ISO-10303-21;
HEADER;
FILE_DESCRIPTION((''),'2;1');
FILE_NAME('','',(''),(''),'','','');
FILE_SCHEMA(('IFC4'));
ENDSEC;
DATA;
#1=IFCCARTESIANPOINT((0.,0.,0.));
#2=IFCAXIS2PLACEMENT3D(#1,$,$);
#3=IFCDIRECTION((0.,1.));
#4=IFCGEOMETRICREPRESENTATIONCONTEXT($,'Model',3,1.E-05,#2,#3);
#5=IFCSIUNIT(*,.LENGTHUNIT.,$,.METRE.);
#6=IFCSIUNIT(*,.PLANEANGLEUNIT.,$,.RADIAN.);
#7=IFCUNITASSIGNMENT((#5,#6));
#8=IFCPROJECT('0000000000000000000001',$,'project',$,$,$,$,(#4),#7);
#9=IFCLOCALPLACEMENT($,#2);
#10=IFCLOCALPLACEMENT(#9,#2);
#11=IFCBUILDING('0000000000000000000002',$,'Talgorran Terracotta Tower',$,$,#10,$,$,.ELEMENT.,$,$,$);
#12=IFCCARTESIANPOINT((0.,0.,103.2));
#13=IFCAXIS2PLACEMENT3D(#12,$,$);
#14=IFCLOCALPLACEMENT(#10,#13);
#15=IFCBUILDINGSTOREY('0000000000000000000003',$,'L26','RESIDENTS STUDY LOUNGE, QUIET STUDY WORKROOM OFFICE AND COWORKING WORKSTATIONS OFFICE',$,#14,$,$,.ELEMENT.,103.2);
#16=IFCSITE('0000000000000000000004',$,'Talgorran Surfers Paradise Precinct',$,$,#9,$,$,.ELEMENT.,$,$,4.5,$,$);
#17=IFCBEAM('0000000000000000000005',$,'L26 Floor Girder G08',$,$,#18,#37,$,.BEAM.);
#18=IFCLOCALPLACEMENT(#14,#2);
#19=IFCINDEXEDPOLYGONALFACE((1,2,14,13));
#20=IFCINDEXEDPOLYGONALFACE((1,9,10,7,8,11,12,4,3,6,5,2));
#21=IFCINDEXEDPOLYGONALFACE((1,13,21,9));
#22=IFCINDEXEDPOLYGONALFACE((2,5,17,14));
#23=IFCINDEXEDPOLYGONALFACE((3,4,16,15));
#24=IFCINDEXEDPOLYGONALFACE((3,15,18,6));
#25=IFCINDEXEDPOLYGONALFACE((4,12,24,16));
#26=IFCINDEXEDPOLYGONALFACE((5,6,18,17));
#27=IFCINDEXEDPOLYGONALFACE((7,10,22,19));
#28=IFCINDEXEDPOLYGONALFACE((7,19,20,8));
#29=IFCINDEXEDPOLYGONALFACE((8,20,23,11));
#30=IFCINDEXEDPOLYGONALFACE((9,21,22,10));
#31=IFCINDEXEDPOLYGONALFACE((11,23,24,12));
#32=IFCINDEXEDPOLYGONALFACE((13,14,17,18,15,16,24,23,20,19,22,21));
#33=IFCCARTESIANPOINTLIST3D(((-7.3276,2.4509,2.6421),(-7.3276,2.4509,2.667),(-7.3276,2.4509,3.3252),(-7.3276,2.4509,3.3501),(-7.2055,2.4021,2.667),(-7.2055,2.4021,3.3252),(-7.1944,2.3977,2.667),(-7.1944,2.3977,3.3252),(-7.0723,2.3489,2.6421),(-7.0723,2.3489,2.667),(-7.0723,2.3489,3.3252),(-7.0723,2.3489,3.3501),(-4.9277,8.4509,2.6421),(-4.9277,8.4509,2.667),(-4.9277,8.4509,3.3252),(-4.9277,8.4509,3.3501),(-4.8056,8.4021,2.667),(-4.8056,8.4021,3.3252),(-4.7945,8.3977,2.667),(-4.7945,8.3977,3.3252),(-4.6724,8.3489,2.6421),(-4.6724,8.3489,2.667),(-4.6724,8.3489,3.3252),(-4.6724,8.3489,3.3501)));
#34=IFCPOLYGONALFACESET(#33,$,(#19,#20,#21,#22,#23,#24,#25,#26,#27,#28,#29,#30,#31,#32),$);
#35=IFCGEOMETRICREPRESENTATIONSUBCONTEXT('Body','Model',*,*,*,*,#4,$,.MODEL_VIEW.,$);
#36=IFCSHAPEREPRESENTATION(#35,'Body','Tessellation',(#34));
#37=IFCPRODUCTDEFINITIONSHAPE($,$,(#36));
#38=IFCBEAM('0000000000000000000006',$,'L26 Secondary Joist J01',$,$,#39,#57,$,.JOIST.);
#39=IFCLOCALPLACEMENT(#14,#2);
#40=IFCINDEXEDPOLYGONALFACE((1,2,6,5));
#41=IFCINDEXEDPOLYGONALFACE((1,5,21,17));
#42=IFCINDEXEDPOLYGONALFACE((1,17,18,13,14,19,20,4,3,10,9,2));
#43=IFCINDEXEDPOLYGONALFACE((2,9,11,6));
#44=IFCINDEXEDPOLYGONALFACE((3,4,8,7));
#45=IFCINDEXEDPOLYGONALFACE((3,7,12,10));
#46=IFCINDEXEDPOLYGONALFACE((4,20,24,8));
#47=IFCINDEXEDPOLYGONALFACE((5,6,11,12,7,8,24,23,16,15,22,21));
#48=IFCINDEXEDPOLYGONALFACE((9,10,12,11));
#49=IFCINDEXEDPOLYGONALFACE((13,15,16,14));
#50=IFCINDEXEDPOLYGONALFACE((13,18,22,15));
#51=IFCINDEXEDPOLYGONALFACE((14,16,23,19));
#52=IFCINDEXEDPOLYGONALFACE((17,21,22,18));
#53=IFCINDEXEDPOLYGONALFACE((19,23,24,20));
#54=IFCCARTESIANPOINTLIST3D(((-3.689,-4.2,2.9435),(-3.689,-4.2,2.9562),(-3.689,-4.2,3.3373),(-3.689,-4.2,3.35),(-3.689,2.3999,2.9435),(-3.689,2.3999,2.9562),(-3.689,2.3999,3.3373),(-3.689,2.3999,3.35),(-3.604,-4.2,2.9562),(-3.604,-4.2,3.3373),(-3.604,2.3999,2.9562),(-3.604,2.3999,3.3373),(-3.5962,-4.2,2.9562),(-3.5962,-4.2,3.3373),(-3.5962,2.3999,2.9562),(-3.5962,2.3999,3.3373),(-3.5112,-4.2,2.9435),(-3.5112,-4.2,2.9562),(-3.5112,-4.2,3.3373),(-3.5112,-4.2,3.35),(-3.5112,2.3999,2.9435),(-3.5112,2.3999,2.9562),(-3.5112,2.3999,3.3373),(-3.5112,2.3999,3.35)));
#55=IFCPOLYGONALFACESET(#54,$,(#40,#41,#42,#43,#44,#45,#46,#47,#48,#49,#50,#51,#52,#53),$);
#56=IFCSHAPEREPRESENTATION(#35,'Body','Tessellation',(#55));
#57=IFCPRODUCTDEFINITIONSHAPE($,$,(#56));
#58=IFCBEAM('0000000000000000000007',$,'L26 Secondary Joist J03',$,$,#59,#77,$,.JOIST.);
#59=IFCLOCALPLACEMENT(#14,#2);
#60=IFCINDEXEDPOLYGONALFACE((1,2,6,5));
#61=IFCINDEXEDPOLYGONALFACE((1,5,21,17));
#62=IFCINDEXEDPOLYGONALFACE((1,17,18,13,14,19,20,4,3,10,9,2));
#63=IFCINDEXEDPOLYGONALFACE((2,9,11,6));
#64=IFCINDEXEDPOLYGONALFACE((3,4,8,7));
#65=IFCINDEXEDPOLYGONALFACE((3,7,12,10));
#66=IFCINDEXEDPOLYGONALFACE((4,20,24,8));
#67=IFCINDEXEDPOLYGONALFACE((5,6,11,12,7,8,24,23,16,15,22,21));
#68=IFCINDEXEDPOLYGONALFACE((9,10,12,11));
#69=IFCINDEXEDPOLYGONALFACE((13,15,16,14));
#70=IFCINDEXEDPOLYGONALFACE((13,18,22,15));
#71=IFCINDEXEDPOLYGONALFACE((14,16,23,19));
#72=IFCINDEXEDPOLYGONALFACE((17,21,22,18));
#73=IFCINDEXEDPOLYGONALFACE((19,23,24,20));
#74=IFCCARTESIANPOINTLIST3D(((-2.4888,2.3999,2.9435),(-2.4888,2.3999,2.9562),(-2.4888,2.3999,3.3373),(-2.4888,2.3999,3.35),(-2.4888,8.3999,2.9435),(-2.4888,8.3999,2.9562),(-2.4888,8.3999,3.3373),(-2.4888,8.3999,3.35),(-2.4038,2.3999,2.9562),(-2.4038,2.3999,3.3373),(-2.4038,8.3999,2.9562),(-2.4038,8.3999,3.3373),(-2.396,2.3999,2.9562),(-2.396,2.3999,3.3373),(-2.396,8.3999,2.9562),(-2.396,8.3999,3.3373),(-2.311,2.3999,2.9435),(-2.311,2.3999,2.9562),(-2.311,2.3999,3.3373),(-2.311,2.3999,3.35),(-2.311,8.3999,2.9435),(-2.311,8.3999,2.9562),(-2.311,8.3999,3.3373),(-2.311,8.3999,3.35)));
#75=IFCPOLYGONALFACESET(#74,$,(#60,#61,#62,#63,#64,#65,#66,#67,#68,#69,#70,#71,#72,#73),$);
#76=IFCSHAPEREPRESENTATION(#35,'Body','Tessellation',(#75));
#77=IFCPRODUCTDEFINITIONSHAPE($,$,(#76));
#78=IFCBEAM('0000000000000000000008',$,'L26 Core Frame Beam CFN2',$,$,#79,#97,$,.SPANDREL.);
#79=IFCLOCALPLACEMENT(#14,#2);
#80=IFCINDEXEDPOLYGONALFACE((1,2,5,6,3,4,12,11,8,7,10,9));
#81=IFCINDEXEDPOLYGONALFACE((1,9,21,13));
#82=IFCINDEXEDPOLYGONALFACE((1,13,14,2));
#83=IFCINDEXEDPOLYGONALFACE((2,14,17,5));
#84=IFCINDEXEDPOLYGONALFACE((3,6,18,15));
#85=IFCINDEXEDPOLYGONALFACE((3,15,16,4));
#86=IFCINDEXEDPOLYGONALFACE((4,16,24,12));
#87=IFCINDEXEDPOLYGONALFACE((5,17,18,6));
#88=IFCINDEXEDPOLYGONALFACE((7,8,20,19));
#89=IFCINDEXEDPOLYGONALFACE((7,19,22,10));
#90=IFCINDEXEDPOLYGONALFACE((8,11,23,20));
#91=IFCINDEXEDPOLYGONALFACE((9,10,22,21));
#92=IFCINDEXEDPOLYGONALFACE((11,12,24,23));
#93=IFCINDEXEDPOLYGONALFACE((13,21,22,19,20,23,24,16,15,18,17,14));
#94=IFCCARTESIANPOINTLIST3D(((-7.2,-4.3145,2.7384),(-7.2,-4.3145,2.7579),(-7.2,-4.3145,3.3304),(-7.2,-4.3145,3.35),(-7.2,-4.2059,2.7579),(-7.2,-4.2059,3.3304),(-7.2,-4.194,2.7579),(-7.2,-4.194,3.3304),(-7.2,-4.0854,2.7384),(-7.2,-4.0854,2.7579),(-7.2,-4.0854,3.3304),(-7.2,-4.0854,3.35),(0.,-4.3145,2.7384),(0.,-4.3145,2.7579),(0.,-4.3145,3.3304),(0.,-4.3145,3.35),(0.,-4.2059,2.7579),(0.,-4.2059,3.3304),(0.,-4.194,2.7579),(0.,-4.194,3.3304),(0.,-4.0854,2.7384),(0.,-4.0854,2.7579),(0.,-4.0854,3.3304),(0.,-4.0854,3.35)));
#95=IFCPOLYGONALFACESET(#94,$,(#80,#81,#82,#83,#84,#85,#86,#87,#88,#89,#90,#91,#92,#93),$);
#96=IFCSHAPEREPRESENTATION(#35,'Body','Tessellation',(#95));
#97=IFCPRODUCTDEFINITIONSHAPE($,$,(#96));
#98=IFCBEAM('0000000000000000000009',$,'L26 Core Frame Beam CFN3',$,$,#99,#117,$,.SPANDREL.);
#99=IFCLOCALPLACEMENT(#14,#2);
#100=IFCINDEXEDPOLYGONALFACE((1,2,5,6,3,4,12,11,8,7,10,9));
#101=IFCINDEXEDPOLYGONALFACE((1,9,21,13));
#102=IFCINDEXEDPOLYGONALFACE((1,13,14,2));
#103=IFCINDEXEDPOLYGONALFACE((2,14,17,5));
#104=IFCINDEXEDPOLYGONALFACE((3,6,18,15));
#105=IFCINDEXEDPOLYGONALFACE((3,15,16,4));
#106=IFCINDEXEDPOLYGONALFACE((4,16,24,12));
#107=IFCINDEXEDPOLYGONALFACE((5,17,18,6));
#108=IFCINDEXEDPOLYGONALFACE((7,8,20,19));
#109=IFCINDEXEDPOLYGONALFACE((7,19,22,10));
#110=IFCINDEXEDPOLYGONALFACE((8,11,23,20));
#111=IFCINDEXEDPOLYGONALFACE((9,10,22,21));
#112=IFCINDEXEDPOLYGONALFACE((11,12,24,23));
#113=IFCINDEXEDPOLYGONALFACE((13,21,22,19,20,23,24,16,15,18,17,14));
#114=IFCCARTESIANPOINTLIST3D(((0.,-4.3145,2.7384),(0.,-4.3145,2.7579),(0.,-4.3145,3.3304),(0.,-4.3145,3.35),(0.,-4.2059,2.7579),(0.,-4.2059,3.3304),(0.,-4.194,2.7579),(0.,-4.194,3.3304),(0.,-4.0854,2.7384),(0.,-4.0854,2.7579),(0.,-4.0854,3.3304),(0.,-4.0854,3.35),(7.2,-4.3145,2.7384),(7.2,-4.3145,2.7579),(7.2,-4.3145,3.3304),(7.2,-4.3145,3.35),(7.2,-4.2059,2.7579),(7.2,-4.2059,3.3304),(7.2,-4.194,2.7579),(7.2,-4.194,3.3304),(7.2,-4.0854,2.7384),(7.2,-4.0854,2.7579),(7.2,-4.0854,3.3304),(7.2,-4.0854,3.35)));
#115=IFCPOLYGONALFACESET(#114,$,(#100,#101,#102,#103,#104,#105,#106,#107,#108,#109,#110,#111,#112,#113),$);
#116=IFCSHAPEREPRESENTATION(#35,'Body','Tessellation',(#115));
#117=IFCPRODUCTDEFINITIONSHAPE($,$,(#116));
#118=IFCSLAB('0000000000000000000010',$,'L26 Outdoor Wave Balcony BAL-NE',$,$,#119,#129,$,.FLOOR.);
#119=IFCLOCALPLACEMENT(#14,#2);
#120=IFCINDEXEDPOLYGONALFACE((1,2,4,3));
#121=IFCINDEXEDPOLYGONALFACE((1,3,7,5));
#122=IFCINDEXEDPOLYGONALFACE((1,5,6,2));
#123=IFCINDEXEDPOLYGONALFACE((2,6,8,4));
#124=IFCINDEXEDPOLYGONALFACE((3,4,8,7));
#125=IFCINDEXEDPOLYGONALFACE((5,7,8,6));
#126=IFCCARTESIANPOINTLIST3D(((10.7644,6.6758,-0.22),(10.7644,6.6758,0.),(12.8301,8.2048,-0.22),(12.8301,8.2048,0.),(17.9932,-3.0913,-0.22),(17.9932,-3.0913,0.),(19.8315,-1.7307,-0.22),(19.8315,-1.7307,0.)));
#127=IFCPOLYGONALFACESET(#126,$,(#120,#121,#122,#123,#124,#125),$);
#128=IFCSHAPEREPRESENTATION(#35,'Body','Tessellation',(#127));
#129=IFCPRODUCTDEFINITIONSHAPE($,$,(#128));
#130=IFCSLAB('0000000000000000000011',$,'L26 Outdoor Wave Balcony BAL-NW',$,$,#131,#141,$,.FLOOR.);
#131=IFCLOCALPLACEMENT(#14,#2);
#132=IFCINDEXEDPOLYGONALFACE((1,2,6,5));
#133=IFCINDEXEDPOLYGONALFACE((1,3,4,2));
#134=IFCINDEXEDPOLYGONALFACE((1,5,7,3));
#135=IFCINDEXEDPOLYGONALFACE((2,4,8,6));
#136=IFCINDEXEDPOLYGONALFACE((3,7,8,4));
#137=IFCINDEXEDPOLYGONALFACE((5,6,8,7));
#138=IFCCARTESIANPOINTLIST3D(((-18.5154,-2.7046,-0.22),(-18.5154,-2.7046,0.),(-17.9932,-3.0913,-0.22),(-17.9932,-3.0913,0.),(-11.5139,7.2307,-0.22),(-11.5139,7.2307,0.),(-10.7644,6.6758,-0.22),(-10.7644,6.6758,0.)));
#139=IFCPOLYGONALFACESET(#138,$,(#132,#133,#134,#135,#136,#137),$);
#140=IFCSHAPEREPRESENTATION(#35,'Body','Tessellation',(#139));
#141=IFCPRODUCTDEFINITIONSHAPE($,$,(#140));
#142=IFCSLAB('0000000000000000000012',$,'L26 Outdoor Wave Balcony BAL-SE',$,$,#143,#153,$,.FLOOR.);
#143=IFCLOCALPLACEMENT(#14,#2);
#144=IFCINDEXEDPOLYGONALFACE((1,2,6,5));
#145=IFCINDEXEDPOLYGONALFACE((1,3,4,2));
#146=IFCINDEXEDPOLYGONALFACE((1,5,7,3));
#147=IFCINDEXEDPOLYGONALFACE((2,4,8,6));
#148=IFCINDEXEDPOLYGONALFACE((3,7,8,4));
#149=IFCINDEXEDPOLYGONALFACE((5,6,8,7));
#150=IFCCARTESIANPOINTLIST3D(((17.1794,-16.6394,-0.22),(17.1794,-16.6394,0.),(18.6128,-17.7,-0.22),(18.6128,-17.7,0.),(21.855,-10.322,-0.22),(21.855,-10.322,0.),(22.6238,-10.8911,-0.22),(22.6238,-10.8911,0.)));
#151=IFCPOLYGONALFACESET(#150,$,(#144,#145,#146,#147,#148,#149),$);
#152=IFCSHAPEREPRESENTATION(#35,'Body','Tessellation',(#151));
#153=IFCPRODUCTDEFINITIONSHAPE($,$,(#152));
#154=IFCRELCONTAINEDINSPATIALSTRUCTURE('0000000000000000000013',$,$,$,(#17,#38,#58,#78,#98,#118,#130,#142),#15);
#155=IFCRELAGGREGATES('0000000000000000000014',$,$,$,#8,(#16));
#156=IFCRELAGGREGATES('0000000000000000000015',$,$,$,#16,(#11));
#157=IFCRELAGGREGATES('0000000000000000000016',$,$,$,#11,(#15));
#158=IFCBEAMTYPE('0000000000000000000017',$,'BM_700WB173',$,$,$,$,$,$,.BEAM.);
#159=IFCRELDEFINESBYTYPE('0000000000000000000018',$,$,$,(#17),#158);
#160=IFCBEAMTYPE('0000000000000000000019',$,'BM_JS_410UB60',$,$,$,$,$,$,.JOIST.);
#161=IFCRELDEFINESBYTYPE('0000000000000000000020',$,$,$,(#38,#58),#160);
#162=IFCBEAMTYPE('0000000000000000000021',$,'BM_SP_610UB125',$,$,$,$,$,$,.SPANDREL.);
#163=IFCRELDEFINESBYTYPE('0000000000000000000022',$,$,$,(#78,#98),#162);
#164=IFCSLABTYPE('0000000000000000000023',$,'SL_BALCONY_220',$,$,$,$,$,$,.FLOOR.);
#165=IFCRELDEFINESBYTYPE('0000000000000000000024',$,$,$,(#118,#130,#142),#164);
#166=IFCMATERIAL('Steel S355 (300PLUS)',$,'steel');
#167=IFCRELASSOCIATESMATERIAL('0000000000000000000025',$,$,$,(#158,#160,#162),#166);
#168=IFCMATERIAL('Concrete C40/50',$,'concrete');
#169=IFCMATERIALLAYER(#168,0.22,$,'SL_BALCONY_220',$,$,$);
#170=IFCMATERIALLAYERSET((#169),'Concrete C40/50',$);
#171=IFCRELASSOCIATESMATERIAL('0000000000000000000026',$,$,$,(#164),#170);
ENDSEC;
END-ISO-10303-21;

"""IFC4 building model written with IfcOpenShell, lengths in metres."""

from ifc_helpers import new_model, si_unit, direction, frame, origin, origin_2d, place, context, subcontext, project, spatial, polyline, i_section, outline, extrude, material, layer, layer_set, material_profile, profile_set, type_object, element, save


model = new_model("IFC4")

# Units and contexts
model_context = context("Model", 3, precision=1e-05, world=origin(), true_north=direction((0.0, 1.0)))
body_context = subcontext(model_context, "Body", "Model", "MODEL_VIEW")
ifc_project = project(units=[si_unit("LENGTHUNIT", "METRE"), si_unit("PLANEANGLEUNIT", "RADIAN")], contexts=[model_context])

# Site, building, storey
site_placement = place(None, origin())
site = spatial("IfcSite", under=ifc_project, at=site_placement, Name="Talgorran Surfers Paradise Precinct", CompositionType="ELEMENT", RefElevation=4.5)
building_placement = place(site_placement, origin())
building = spatial("IfcBuilding", under=site, at=building_placement, Name="Talgorran Terracotta Tower", CompositionType="ELEMENT")
storey_placement = place(building_placement, frame((0.0, 0.0, 103.2)))
storey = spatial("IfcBuildingStorey", under=building, at=storey_placement, Name="L26", Description="RESIDENTS STUDY LOUNGE, QUIET STUDY WORKROOM OFFICE AND COWORKING WORKSTATIONS OFFICE", CompositionType="ELEMENT", Elevation=103.2)

# Shared definitions
ifc_material_1 = material(Name="Steel S355 (300PLUS)", Category="steel")

# Beams
ifc_material_profile_1 = material_profile(ifc_material_1, i_section(OverallWidth=0.2749, OverallDepth=0.708, WebThickness=0.012, FlangeThickness=0.0249, at=origin_2d()), Name="700WB173")
ifc_profile_set_1 = profile_set([ifc_material_profile_1], Name="Steel S355 (300PLUS)")
beam_type_1 = type_object("IfcBeamType", Name="BM_700WB173", PredefinedType="BEAM", material=ifc_profile_set_1)
beam_1_placement = place(storey_placement, frame((-7.2, 2.3999, 2.9961), z_axis=(0.371378, 0.928482, 0.0), x_axis=(-0.928482, 0.371378, 0.0)))
element("IfcBeam", 1, at=beam_1_placement, inside=storey, type_object=beam_type_1, Name="L26 Floor Girder G08", PredefinedType="BEAM", context=body_context, shape_type="SweptSolid", body=[
    extrude(i_section(OverallWidth=0.2749, OverallDepth=0.708, WebThickness=0.012, FlangeThickness=0.0249, at=origin_2d()), origin(), (0.0, 0.0, 1.0), 6.4622),
])
ifc_material_profile_2 = material_profile(ifc_material_1, i_section(OverallWidth=0.1777, OverallDepth=0.4065, WebThickness=0.0078, FlangeThickness=0.0127, at=origin_2d()), Name="410UB59.7")
ifc_profile_set_2 = profile_set([ifc_material_profile_2], Name="Steel S355 (300PLUS)")
beam_type_2 = type_object("IfcBeamType", Name="BM_JS_410UB60", PredefinedType="JOIST", material=ifc_profile_set_2)
beam_2_placement = place(storey_placement, frame((-3.6001, -4.2, 3.1467), z_axis=(0.0, 1.0, 0.0), x_axis=(-1.0, 0.0, 0.0)))
element("IfcBeam", 2, at=beam_2_placement, inside=storey, type_object=beam_type_2, Name="L26 Secondary Joist J01", PredefinedType="JOIST", context=body_context, shape_type="SweptSolid", body=[
    extrude(i_section(OverallWidth=0.1777, OverallDepth=0.4065, WebThickness=0.0078, FlangeThickness=0.0127, at=origin_2d()), origin(), (0.0, 0.0, 1.0), 6.5999),
])
beam_3_placement = place(storey_placement, frame((-2.3999, 2.3999, 3.1467), z_axis=(0.0, 1.0, 0.0), x_axis=(-1.0, 0.0, 0.0)))
element("IfcBeam", 3, at=beam_3_placement, inside=storey, type_object=beam_type_2, Name="L26 Secondary Joist J03", PredefinedType="JOIST", context=body_context, shape_type="SweptSolid", body=[
    extrude(i_section(OverallWidth=0.1777, OverallDepth=0.4065, WebThickness=0.0078, FlangeThickness=0.0127, at=origin_2d()), origin(), (0.0, 0.0, 1.0), 6.0),
])
ifc_material_profile_3 = material_profile(ifc_material_1, i_section(OverallWidth=0.229, OverallDepth=0.6116, WebThickness=0.012, FlangeThickness=0.0195, at=origin_2d()), Name="610UB125")
ifc_profile_set_3 = profile_set([ifc_material_profile_3], Name="Steel S355 (300PLUS)")
beam_type_3 = type_object("IfcBeamType", Name="BM_SP_610UB125", PredefinedType="SPANDREL", material=ifc_profile_set_3)
for number, where, z_axis, x_axis, name in (
    (4, (-7.2, -4.2, 3.0442), (1.0, 0.0, 0.0), (0.0, 1.0, 0.0), "L26 Core Frame Beam CFN2"),
    (5, (0.0, -4.2, 3.0442), (1.0, 0.0, 0.0), (0.0, 1.0, 0.0), "L26 Core Frame Beam CFN3"),
):
    element("IfcBeam", number, at=place(storey_placement, frame(where, z_axis=z_axis, x_axis=x_axis)), inside=storey, type_object=beam_type_3, Name=name, PredefinedType="SPANDREL", context=body_context, shape_type="SweptSolid", body=[
        extrude(i_section(OverallWidth=0.229, OverallDepth=0.6116, WebThickness=0.012, FlangeThickness=0.0195, at=origin_2d()), origin(), (0.0, 0.0, 1.0), 7.2),
    ])

# Slabs
ifc_material_2 = material(Name="Concrete C40/50", Category="concrete")
ifc_layer_1 = layer(ifc_material_2, 0.22, Name="SL_BALCONY_220")
ifc_layer_set_1 = layer_set([ifc_layer_1], Name="Concrete C40/50")
slab_type_1 = type_object("IfcSlabType", Name="SL_BALCONY_220", PredefinedType="FLOOR", material=ifc_layer_set_1)
slab_1_placement = place(storey_placement, frame((0.0, 0.0, -0.22)))
element("IfcSlab", 6, at=slab_1_placement, inside=storey, type_object=slab_type_1, Name="L26 Outdoor Wave Balcony BAL-NE", PredefinedType="FLOOR", context=body_context, shape_type="SweptSolid", body=[
    extrude(outline(polyline([(10.7644, 6.6758), (17.9932, -3.0913), (19.8315, -1.7307), (12.8301, 8.2048), (10.7644, 6.6758)])), origin(), (0.0, 0.0, 1.0), 0.22),
])
slab_2_placement = place(storey_placement, frame((0.0, 0.0, -0.22)))
element("IfcSlab", 7, at=slab_2_placement, inside=storey, type_object=slab_type_1, Name="L26 Outdoor Wave Balcony BAL-NW", PredefinedType="FLOOR", context=body_context, shape_type="SweptSolid", body=[
    extrude(outline(polyline([(-17.9932, -3.0913), (-10.7644, 6.6758), (-11.5139, 7.2307), (-18.5154, -2.7046), (-17.9932, -3.0913)])), origin(), (0.0, 0.0, 1.0), 0.22),
])
slab_3_placement = place(storey_placement, frame((0.0, 0.0, -0.22)))
element("IfcSlab", 8, at=slab_3_placement, inside=storey, type_object=slab_type_1, Name="L26 Outdoor Wave Balcony BAL-SE", PredefinedType="FLOOR", context=body_context, shape_type="SweptSolid", body=[
    extrude(outline(polyline([(21.855, -10.322), (17.1794, -16.6394), (18.6128, -17.7), (22.6238, -10.8911), (21.855, -10.322)])), origin(), (0.0, 0.0, 1.0), 0.22),
])

save(model, "model.ifc")
